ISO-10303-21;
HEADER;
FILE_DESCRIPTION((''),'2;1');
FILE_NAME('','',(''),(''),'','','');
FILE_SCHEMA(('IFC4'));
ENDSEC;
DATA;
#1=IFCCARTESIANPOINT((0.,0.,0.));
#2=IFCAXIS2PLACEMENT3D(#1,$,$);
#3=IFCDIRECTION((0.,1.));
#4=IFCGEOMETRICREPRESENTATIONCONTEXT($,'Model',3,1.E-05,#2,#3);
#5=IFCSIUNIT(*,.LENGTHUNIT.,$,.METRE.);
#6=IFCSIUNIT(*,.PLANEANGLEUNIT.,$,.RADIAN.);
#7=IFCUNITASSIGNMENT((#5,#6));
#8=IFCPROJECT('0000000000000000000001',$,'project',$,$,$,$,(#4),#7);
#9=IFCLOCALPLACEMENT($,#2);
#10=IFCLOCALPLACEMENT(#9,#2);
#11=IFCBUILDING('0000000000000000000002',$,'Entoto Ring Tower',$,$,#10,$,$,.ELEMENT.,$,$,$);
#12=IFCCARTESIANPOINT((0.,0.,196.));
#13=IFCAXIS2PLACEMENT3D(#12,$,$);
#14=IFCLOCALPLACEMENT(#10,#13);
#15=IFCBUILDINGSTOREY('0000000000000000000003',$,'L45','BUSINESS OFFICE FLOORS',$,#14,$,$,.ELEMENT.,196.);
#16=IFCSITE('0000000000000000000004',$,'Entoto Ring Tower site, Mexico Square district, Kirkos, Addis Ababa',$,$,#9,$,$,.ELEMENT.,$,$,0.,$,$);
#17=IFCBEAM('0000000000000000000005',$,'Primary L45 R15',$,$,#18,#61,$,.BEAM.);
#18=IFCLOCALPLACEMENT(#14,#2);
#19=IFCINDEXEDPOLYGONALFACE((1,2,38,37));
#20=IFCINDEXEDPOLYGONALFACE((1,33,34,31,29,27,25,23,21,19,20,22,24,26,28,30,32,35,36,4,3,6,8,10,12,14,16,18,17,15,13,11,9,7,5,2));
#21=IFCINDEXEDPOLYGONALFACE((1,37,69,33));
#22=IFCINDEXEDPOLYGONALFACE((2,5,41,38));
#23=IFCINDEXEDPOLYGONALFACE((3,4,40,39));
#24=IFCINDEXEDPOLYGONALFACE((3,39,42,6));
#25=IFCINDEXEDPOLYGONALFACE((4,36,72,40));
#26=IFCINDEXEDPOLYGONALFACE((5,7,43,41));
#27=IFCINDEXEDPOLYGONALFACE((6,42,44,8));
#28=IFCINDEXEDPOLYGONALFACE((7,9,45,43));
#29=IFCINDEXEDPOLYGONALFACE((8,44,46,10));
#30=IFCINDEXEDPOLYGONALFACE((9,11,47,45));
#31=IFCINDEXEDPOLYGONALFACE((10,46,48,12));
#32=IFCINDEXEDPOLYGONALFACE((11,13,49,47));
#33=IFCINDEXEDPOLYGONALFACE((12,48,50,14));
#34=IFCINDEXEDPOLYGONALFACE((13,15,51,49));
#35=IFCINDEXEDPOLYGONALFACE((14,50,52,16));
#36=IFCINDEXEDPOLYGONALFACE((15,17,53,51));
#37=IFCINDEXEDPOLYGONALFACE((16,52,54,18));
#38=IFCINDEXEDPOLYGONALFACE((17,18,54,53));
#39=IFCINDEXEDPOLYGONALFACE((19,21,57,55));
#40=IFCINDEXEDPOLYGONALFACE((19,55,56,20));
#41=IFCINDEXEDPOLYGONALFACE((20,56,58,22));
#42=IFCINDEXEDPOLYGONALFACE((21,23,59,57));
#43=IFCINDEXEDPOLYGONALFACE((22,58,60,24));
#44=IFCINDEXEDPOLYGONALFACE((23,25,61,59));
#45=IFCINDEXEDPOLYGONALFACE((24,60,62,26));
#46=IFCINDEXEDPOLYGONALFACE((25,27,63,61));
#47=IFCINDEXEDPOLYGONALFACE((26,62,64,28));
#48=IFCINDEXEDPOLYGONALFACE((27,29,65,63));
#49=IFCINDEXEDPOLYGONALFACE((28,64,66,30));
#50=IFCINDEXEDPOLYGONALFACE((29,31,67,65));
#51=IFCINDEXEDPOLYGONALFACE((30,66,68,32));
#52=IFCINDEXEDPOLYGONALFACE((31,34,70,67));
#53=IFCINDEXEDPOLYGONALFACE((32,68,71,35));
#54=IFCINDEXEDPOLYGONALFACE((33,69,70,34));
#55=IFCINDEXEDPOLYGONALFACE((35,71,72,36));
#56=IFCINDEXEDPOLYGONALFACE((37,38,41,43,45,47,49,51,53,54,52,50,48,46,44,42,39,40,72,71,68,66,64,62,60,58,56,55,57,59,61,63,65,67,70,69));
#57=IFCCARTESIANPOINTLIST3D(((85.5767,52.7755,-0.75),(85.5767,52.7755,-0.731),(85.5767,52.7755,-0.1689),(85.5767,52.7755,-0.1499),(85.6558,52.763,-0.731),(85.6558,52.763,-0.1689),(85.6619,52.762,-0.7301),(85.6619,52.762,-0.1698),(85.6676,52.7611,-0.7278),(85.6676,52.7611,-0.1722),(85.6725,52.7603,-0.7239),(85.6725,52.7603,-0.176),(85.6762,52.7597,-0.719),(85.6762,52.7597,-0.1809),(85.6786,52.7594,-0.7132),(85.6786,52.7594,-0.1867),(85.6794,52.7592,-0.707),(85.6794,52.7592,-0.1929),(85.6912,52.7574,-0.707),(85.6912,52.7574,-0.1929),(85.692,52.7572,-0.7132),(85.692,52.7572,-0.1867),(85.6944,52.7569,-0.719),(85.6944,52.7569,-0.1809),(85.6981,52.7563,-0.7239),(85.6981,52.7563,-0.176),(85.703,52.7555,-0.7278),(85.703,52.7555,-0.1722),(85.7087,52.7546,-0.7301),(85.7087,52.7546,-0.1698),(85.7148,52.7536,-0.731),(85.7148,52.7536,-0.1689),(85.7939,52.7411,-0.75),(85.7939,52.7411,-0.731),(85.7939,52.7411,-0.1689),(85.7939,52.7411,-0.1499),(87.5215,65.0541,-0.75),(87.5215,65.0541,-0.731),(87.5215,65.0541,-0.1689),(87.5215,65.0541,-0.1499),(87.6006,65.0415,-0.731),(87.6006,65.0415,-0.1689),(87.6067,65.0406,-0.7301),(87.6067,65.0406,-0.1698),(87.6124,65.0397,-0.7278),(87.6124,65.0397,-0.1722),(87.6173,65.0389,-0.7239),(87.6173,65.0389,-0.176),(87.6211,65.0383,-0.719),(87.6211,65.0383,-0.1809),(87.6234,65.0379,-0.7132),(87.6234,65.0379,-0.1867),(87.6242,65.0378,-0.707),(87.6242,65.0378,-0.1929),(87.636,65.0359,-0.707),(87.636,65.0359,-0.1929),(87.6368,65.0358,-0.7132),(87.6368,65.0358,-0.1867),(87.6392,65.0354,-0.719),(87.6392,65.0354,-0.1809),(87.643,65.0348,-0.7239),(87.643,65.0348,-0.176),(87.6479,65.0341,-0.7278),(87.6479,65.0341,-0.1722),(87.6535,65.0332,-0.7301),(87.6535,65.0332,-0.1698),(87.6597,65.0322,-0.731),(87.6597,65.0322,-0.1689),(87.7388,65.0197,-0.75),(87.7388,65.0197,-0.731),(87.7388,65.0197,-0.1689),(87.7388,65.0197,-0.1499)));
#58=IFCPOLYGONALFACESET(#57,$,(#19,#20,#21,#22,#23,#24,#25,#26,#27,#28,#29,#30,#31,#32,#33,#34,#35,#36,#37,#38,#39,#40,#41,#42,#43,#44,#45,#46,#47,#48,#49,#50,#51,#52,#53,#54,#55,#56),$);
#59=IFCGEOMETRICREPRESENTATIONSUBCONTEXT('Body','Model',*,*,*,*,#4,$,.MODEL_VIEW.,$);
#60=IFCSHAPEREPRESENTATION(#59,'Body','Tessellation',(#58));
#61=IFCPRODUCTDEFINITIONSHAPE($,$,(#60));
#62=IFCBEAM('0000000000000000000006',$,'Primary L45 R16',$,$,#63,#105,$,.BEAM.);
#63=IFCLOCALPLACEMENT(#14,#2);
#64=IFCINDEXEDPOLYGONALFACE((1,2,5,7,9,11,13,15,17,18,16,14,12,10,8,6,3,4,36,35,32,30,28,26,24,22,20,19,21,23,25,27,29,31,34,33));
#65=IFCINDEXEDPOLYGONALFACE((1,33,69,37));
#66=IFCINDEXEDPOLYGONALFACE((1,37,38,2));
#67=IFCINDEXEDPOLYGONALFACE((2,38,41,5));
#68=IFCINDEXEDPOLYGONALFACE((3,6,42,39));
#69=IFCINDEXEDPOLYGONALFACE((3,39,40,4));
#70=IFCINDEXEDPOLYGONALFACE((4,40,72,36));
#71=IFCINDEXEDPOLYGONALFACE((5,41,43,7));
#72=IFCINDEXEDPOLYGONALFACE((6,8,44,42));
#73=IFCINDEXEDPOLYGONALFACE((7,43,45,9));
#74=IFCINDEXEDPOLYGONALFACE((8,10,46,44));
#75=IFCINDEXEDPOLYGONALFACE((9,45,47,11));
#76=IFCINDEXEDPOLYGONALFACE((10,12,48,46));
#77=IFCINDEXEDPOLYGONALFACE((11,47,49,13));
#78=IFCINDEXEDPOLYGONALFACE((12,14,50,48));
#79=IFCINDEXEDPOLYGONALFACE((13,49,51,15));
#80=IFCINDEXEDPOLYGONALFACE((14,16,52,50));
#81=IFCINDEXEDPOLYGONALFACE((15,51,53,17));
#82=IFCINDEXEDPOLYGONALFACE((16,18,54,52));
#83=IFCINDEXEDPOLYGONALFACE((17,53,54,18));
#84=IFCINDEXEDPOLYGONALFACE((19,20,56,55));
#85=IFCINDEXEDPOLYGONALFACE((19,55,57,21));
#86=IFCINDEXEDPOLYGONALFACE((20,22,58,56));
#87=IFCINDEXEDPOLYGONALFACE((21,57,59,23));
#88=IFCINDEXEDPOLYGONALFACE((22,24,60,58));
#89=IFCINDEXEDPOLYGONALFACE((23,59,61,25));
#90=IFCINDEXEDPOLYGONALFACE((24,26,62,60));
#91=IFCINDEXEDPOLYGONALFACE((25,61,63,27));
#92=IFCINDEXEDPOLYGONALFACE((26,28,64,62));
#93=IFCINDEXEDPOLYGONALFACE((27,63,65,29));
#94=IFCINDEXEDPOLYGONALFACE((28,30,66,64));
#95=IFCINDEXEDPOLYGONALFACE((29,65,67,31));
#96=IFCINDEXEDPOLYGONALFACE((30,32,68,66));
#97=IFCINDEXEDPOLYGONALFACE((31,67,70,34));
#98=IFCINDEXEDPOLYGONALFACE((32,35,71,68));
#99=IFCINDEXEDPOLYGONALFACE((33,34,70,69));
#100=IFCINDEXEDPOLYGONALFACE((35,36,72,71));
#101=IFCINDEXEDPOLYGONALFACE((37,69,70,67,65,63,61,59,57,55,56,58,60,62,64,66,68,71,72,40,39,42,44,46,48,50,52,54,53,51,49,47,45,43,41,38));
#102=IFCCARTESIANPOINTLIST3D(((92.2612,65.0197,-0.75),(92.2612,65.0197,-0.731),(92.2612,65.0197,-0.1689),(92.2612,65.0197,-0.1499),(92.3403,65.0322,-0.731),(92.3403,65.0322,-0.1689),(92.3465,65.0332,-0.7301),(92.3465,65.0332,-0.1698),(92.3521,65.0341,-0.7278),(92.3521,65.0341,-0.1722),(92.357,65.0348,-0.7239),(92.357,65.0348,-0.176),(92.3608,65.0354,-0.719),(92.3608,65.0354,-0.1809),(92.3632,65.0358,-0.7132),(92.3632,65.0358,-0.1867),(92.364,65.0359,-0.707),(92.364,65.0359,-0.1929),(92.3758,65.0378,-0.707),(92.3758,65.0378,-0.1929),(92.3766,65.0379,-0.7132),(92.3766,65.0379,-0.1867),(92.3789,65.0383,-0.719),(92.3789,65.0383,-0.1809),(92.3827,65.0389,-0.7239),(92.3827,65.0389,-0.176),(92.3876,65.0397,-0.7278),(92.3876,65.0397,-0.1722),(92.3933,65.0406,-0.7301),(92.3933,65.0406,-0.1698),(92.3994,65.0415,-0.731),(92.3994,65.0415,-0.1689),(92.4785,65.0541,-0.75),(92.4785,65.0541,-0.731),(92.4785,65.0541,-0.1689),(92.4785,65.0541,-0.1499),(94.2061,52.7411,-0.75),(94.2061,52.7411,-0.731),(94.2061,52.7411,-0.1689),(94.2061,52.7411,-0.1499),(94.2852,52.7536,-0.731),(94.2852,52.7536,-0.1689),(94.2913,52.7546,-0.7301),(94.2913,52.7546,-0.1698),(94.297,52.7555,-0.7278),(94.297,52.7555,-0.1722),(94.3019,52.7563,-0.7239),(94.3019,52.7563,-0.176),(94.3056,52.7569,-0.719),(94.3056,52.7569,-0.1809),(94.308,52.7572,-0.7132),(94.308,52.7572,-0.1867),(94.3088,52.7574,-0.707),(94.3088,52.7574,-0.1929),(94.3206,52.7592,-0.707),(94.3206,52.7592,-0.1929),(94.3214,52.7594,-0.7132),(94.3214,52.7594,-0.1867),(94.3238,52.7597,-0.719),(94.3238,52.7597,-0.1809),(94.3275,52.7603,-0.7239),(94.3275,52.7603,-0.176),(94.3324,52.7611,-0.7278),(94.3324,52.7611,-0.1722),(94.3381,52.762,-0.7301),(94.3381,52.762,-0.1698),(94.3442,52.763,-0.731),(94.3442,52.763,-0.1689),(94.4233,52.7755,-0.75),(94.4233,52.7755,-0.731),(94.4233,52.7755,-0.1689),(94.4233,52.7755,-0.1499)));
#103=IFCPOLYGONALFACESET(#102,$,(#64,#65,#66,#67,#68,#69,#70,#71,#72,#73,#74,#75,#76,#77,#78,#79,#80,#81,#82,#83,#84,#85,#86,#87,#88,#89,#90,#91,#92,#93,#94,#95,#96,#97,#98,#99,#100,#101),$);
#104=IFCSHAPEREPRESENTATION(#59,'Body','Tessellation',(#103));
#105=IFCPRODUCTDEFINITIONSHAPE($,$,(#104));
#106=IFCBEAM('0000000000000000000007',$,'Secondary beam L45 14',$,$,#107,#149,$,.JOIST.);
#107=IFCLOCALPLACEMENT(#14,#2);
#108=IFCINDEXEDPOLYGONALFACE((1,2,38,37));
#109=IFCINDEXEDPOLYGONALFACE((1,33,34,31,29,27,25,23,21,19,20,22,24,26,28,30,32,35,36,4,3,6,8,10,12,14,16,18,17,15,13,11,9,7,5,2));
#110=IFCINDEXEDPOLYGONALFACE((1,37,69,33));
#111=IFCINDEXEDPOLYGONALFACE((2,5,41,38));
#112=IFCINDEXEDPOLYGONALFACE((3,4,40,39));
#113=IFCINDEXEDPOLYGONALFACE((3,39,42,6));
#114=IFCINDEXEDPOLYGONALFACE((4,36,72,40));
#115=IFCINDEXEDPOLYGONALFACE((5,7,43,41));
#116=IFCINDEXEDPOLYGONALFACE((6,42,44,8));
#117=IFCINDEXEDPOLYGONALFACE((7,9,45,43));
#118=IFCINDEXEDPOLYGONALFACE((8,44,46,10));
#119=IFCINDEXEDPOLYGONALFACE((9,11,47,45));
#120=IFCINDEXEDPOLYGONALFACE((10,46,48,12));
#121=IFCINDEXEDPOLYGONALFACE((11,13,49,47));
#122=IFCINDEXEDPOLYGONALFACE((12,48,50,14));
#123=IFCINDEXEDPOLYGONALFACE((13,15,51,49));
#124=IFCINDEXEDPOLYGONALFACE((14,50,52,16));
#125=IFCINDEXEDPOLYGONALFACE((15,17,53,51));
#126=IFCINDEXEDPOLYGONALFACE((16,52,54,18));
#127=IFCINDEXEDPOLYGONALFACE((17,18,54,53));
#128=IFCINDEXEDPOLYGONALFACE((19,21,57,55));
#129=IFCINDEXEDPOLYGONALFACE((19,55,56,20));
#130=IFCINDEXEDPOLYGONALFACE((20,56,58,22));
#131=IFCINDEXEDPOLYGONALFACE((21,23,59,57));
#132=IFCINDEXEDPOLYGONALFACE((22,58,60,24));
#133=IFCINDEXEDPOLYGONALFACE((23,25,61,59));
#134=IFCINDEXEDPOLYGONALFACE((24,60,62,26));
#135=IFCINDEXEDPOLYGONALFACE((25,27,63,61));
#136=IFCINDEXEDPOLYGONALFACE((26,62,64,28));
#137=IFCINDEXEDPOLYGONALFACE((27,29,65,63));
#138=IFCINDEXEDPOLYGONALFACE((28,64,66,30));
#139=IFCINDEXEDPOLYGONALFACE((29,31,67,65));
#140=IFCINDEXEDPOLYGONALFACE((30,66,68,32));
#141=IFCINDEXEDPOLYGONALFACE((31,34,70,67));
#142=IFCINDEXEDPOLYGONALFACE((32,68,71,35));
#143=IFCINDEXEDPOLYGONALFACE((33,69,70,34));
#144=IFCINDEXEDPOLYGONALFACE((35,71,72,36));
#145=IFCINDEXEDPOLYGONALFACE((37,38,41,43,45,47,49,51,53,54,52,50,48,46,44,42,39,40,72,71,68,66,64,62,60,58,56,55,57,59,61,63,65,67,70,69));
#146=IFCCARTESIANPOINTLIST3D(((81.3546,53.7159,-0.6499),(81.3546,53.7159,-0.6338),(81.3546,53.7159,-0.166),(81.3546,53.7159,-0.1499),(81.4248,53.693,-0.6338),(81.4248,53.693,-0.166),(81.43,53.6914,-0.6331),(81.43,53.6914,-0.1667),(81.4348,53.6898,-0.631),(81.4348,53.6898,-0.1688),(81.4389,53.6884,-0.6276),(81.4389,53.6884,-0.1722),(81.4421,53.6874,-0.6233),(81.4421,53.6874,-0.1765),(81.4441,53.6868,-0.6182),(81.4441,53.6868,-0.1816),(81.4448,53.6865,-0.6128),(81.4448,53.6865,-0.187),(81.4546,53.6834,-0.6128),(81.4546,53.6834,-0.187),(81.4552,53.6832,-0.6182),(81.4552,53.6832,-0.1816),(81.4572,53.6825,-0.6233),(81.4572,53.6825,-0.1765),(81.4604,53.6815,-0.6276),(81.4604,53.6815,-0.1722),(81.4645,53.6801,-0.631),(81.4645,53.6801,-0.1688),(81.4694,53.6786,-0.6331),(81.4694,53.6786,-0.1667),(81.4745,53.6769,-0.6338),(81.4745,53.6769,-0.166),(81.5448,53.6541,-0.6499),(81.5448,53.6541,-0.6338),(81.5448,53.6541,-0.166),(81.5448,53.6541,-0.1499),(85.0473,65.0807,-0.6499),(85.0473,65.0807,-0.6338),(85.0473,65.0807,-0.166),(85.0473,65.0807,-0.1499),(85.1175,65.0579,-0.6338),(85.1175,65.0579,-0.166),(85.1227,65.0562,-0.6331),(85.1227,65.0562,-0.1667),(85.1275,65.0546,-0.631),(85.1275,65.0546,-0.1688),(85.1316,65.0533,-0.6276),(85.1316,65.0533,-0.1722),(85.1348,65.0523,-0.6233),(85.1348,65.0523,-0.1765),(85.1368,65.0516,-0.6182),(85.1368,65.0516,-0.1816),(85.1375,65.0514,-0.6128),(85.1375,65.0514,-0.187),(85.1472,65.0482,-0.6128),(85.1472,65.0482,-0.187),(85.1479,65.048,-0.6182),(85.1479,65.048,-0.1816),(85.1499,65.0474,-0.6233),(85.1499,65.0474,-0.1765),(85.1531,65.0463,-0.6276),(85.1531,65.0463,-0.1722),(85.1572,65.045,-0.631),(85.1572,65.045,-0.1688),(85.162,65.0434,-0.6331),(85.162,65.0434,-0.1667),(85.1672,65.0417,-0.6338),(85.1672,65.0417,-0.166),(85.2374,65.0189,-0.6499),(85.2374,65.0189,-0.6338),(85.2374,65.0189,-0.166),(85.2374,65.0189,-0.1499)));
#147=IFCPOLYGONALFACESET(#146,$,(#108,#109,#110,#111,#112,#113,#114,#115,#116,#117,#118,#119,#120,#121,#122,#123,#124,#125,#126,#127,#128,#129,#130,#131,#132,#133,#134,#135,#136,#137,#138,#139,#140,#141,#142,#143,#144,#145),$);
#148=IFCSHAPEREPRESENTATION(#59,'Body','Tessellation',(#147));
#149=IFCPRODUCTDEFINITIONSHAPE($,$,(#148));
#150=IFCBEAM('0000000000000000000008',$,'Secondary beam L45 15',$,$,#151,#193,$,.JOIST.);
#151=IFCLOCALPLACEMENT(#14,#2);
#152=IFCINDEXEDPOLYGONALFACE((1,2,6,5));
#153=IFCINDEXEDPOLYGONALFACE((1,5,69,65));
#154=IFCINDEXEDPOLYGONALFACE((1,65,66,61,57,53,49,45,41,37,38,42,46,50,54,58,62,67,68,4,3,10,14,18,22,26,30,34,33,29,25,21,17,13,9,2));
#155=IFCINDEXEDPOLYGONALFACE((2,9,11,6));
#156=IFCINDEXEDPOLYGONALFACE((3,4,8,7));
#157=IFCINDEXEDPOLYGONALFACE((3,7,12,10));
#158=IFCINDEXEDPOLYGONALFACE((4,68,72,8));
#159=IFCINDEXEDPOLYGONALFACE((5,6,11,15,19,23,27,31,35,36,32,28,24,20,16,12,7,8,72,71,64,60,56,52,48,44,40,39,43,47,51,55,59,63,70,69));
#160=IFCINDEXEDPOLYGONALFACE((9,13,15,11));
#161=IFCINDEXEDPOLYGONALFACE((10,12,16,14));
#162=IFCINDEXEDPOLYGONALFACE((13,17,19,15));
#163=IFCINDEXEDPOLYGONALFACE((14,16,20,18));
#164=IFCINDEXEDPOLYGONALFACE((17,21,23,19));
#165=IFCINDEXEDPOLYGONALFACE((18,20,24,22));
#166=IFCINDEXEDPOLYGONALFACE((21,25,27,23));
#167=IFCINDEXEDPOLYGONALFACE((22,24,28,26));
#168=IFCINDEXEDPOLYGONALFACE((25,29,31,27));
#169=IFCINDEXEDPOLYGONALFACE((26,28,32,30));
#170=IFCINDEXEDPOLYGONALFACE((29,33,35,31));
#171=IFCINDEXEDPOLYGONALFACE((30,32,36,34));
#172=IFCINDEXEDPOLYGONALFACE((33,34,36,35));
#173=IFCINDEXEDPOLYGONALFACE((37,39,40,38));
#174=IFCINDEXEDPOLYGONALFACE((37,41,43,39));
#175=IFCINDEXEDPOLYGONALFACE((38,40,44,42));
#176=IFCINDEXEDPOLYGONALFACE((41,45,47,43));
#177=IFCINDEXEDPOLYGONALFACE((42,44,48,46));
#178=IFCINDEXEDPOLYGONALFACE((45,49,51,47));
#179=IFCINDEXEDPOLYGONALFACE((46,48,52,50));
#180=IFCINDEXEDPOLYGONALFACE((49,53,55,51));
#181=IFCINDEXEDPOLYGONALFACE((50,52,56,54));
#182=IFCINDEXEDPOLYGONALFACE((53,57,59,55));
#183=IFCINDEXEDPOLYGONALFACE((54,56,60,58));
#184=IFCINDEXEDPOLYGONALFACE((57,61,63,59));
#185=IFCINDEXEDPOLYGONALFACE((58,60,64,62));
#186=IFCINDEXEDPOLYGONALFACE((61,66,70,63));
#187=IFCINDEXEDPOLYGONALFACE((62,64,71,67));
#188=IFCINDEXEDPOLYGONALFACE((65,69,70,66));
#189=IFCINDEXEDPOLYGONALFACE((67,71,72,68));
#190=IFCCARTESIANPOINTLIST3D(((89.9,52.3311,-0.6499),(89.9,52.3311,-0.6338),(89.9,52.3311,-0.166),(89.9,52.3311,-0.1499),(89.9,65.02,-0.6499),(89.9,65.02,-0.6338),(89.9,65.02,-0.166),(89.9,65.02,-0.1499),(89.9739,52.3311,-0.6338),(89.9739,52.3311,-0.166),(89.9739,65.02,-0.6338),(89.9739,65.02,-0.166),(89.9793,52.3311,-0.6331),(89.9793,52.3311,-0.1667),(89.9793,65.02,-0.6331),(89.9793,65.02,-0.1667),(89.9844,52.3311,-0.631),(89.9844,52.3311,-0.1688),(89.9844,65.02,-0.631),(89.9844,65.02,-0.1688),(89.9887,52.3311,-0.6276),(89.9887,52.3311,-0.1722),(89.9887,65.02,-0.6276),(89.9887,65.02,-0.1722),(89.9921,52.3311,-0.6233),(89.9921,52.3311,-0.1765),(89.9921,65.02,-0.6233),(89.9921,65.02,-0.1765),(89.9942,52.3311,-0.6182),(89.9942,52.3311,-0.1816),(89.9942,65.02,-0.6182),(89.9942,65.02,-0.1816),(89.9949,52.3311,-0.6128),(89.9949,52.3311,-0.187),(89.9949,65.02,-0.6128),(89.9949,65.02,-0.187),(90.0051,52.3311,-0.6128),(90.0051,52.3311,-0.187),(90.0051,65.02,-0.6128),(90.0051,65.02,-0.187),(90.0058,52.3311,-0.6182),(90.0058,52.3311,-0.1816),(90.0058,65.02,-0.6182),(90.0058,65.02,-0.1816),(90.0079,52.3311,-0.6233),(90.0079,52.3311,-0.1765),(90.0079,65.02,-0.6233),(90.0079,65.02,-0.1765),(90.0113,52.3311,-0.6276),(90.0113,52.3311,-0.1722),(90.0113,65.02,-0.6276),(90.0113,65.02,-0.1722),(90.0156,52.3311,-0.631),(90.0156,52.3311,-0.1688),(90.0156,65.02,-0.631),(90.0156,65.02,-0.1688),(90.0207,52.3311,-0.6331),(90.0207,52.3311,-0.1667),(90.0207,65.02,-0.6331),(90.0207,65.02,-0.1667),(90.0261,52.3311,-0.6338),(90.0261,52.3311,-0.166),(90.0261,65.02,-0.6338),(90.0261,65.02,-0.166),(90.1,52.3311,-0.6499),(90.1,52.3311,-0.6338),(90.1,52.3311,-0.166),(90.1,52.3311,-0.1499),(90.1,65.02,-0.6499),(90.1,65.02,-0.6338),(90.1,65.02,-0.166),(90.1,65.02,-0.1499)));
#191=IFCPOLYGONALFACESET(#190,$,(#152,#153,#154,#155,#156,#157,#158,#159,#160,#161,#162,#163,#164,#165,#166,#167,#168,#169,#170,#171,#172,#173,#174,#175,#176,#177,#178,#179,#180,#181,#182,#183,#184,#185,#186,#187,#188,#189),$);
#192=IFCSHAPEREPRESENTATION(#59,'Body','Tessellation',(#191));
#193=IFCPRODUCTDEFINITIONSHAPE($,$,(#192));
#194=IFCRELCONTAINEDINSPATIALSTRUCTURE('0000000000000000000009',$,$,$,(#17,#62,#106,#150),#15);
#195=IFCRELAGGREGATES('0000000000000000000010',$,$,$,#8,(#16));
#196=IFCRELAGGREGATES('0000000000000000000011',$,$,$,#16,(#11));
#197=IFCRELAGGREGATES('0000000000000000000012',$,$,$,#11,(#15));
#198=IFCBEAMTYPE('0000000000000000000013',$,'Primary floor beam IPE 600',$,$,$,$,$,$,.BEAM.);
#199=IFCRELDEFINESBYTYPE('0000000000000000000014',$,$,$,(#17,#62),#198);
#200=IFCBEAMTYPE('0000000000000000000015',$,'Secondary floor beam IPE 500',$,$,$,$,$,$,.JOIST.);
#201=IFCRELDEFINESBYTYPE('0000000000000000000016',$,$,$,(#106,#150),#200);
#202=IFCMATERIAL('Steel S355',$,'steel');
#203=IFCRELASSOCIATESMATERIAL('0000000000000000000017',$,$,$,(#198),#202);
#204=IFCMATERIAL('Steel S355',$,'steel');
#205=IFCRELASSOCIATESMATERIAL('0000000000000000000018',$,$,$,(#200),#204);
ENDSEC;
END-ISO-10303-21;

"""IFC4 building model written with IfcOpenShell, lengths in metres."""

from ifc_helpers import new_model, si_unit, direction, frame, origin, origin_2d, place, context, subcontext, project, spatial, i_section, extrude, material, material_profile, profile_set, type_object, element, save


model = new_model("IFC4")

# Units and contexts
model_context = context("Model", 3, precision=1e-05, world=origin(), true_north=direction((0.0, 1.0)))
body_context = subcontext(model_context, "Body", "Model", "MODEL_VIEW")
ifc_project = project(units=[si_unit("LENGTHUNIT", "METRE"), si_unit("PLANEANGLEUNIT", "RADIAN")], contexts=[model_context])

# Site, building, storey
site_placement = place(None, origin())
site = spatial("IfcSite", under=ifc_project, at=site_placement, Name="Entoto Ring Tower site, Mexico Square district, Kirkos, Addis Ababa", CompositionType="ELEMENT", RefElevation=0.0)
building_placement = place(site_placement, origin())
building = spatial("IfcBuilding", under=site, at=building_placement, Name="Entoto Ring Tower", CompositionType="ELEMENT")
storey_placement = place(building_placement, frame((0.0, 0.0, 196.0)))
storey = spatial("IfcBuildingStorey", under=building, at=storey_placement, Name="L45", Description="BUSINESS OFFICE FLOORS", CompositionType="ELEMENT", Elevation=196.0)

# Beams
ifc_material_1 = material(Name="Steel S355", Category="steel")
ifc_material_profile_1 = material_profile(ifc_material_1, i_section(OverallWidth=0.22, OverallDepth=0.6001, WebThickness=0.012, FlangeThickness=0.019, FilletRadius=0.0239, at=origin_2d()), Name="IPE 600")
ifc_profile_set_1 = profile_set([ifc_material_profile_1], Name="Steel S355")
beam_type_1 = type_object("IfcBeamType", Name="Primary floor beam IPE 600", PredefinedType="BEAM", material=ifc_profile_set_1)
for number, where, z_axis, x_axis, name in (
    (1, (87.6301, 65.0369, -0.45), (-0.156442, -0.987687, 0.0), (0.987687, -0.156442, 0.0), "Primary L45 R15"),
    (2, (92.3699, 65.0369, -0.45), (0.156442, -0.987687, 0.0), (0.987687, 0.156442, 0.0), "Primary L45 R16"),
):
    element("IfcBeam", number, at=place(storey_placement, frame(where, z_axis=z_axis, x_axis=x_axis)), inside=storey, type_object=beam_type_1, Name=name, PredefinedType="BEAM", context=body_context, shape_type="SweptSolid", body=[
        extrude(i_section(OverallWidth=0.22, OverallDepth=0.6001, WebThickness=0.012, FlangeThickness=0.019, FilletRadius=0.0239, at=origin_2d()), origin(), (0.0, 0.0, 1.0), 12.4316),
    ])
ifc_material_2 = material(Name="Steel S355", Category="steel")
ifc_material_profile_2 = material_profile(ifc_material_2, i_section(OverallWidth=0.2, OverallDepth=0.5, WebThickness=0.0103, FlangeThickness=0.0161, FilletRadius=0.021, at=origin_2d()), Name="IPE 500")
ifc_profile_set_2 = profile_set([ifc_material_profile_2], Name="Steel S355")
beam_type_2 = type_object("IfcBeamType", Name="Secondary floor beam IPE 500", PredefinedType="JOIST", material=ifc_profile_set_2)
beam_1_placement = place(storey_placement, frame((85.1423, 65.0498, -0.3999), z_axis=(-0.309017, -0.951057, 0.0), x_axis=(0.951057, -0.309017, 0.0)))
element("IfcBeam", 3, at=beam_1_placement, inside=storey, type_object=beam_type_2, Name="Secondary beam L45 14", PredefinedType="JOIST", context=body_context, shape_type="SweptSolid", body=[
    extrude(i_section(OverallWidth=0.2, OverallDepth=0.5, WebThickness=0.0103, FlangeThickness=0.0161, FilletRadius=0.021, at=origin_2d()), origin(), (0.0, 0.0, 1.0), 11.9497),
])
beam_2_placement = place(storey_placement, frame((90.0, 65.02, -0.3999), z_axis=(0.0, -1.0, 0.0), x_axis=(1.0, 0.0, 0.0)))
element("IfcBeam", 4, at=beam_2_placement, inside=storey, type_object=beam_type_2, Name="Secondary beam L45 15", PredefinedType="JOIST", context=body_context, shape_type="SweptSolid", body=[
    extrude(i_section(OverallWidth=0.2, OverallDepth=0.5, WebThickness=0.0103, FlangeThickness=0.0161, FilletRadius=0.021, at=origin_2d()), origin(), (0.0, 0.0, 1.0), 12.689),
])

save(model, "model.ifc")
